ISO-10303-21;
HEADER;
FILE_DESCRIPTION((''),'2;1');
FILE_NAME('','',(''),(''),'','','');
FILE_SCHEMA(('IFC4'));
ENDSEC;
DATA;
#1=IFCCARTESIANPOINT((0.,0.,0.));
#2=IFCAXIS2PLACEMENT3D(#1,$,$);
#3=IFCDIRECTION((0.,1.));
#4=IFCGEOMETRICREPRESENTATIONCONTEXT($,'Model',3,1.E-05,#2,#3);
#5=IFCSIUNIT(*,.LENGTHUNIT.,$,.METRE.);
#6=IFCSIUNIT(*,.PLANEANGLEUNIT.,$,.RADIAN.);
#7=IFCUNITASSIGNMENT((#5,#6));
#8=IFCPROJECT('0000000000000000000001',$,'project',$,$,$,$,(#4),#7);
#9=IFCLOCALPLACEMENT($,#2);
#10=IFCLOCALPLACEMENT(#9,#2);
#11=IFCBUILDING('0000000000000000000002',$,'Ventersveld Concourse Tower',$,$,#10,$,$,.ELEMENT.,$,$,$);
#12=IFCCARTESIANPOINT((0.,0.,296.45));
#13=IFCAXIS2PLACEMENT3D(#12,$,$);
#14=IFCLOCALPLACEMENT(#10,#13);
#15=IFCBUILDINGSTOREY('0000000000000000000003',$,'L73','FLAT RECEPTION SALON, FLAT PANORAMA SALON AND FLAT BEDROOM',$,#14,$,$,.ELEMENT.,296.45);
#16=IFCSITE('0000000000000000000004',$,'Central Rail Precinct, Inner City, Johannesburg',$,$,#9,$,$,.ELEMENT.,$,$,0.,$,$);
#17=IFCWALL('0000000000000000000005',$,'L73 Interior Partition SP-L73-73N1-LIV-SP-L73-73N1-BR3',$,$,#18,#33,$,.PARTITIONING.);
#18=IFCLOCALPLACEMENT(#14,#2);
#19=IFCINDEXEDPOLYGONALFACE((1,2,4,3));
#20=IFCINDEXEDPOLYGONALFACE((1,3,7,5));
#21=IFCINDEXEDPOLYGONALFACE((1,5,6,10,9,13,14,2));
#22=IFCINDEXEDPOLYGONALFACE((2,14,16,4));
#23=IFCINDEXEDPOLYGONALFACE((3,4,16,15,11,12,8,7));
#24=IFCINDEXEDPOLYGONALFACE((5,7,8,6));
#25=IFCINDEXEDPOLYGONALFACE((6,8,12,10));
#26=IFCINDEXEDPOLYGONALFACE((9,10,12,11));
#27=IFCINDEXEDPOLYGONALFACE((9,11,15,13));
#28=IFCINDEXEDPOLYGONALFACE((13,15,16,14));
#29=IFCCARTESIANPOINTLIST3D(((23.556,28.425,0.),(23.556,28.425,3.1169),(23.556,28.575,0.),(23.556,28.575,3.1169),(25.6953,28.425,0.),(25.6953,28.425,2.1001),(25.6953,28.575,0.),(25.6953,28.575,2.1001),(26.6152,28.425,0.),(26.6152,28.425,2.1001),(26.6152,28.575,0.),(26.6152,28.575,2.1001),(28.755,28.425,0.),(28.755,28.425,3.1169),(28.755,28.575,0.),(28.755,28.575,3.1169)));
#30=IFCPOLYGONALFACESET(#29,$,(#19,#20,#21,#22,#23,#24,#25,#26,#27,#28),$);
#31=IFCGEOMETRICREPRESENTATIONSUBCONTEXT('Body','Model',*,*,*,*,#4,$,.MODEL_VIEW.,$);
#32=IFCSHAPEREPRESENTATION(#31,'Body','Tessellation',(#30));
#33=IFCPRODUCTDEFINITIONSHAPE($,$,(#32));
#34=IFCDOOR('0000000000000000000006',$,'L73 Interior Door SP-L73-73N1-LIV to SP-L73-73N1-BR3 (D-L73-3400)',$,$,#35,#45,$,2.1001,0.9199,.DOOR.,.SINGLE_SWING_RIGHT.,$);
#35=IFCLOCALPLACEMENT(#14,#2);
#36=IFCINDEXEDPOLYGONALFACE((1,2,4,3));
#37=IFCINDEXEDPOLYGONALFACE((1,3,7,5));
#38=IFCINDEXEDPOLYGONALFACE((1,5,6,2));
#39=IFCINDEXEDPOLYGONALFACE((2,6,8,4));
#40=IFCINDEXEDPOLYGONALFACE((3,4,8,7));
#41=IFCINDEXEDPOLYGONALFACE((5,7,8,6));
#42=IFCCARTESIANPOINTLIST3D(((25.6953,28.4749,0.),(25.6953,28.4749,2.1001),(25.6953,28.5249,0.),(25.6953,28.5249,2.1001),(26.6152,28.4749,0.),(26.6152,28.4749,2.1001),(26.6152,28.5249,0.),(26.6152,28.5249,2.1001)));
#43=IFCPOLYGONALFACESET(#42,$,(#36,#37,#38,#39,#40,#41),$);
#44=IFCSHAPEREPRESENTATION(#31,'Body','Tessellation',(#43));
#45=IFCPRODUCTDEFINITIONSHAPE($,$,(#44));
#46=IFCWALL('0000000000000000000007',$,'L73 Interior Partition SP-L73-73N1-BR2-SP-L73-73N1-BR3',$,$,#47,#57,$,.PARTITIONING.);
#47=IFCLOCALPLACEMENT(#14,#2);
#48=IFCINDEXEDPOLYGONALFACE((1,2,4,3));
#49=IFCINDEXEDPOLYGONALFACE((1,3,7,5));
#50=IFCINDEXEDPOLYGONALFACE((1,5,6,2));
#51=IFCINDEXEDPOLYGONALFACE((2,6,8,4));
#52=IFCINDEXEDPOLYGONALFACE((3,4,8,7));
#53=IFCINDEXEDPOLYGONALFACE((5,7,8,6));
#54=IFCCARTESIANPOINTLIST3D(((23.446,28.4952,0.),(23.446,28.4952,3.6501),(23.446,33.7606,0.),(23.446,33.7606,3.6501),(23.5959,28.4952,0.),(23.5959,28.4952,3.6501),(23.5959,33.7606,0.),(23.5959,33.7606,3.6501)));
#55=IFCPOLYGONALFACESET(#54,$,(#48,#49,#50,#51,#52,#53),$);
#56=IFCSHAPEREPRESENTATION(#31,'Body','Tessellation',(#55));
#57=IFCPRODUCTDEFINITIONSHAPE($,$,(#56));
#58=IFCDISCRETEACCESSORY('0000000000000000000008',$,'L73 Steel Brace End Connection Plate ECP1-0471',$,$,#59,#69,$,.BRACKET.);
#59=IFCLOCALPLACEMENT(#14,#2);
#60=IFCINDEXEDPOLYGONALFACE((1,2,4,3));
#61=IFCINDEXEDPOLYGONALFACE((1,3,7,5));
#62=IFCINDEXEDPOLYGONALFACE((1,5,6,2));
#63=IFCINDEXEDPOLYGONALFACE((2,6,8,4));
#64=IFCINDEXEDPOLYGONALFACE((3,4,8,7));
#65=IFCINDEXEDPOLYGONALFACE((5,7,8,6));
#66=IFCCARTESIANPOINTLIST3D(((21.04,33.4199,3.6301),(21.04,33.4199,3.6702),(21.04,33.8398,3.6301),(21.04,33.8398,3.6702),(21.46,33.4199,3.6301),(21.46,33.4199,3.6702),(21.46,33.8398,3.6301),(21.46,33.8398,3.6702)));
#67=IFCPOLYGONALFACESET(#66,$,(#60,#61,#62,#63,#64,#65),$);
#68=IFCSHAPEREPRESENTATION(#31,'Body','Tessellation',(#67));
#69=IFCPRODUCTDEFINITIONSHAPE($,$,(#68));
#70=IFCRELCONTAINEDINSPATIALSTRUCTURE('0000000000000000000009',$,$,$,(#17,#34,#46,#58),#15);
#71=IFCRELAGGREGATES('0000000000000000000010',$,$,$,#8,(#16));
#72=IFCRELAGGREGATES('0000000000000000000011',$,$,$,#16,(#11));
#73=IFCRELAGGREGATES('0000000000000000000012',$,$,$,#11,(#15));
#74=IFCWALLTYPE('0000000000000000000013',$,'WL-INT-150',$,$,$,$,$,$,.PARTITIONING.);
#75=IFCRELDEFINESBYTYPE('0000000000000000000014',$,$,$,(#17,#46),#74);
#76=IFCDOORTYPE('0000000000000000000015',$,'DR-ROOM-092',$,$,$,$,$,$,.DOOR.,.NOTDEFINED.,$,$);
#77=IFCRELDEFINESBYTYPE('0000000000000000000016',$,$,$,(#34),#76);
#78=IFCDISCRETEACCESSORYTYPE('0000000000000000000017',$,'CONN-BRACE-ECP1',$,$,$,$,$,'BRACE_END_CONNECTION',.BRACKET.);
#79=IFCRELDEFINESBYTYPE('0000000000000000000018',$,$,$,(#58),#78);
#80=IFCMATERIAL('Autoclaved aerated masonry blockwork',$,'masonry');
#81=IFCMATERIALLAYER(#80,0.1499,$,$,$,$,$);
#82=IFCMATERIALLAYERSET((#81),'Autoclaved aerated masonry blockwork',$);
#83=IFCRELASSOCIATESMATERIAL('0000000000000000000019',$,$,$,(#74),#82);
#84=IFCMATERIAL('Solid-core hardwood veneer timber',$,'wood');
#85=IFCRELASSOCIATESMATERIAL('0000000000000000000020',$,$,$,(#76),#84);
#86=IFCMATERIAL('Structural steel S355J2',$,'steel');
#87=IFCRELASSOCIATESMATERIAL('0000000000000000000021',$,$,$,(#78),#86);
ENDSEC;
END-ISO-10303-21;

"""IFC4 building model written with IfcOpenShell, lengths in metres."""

from ifc_helpers import new_model, si_unit, direction, frame, frame_2d, origin, origin_2d, place, context, subcontext, project, spatial, rectangle, extrude, material, layer, layer_set, type_object, element, fill, save


model = new_model("IFC4")

# Units and contexts
model_context = context("Model", 3, precision=1e-05, world=origin(), true_north=direction((0.0, 1.0)))
body_context = subcontext(model_context, "Body", "Model", "MODEL_VIEW")
ifc_project = project(units=[si_unit("LENGTHUNIT", "METRE"), si_unit("PLANEANGLEUNIT", "RADIAN")], contexts=[model_context])

# Site, building, storey
site_placement = place(None, origin())
site = spatial("IfcSite", under=ifc_project, at=site_placement, Name="Central Rail Precinct, Inner City, Johannesburg", CompositionType="ELEMENT", RefElevation=0.0)
building_placement = place(site_placement, origin())
building = spatial("IfcBuilding", under=site, at=building_placement, Name="Ventersveld Concourse Tower", CompositionType="ELEMENT")
storey_placement = place(building_placement, frame((0.0, 0.0, 296.45)))
storey = spatial("IfcBuildingStorey", under=building, at=storey_placement, Name="L73", Description="FLAT RECEPTION SALON, FLAT PANORAMA SALON AND FLAT BEDROOM", CompositionType="ELEMENT", Elevation=296.45)

# Shared definitions
ifc_material_1 = material(Name="Structural steel S355J2", Category="steel")

# Wall, opening, door
ifc_material_2 = material(Name="Autoclaved aerated masonry blockwork", Category="masonry")
ifc_layer = layer(ifc_material_2, 0.1499)
ifc_layer_set = layer_set([ifc_layer], Name="Autoclaved aerated masonry blockwork")
wall_type = type_object("IfcWallType", Name="WL-INT-150", PredefinedType="PARTITIONING", material=ifc_layer_set)
ifc_material_3 = material(Name="Solid-core hardwood veneer timber", Category="wood")
door_type = type_object("IfcDoorType", Name="DR-ROOM-092", OperationType="NOTDEFINED", PredefinedType="DOOR", material=ifc_material_3)
wall_1_placement = place(storey_placement, frame((23.5559, 28.5, 0.0), z_axis=(0.0, 0.0, 1.0), x_axis=(1.0, 0.0, 0.0)))
wall_1 = element("IfcWall", 1, at=wall_1_placement, inside=storey, type_object=wall_type, Name="L73 Interior Partition SP-L73-73N1-LIV-SP-L73-73N1-BR3", PredefinedType="PARTITIONING", context=body_context, shape_type="SweptSolid", body=[
    extrude(rectangle(XDim=5.199, YDim=0.1499, at=frame_2d((2.5996, 0.0))), origin(), (0.0, 0.0, 1.0), 3.1169),
])
opening_1_placement = place(wall_1_placement, frame((2.1394, 0.0, 0.0)))
opening_1 = element("IfcOpeningElement", 2, at=opening_1_placement, cuts=wall_1, PredefinedType="OPENING", context=body_context, shape_type="SweptSolid", body=[
    extrude(rectangle(XDim=0.9199, YDim=2.1001, at=frame_2d((0.46, 1.05))), frame((0.0, 0.085, 0.0), z_axis=(0.0, -1.0, 0.0), x_axis=(1.0, 0.0, 0.0)), (0.0, 0.0, 1.0), 0.1699),
])
door_1_placement = place(opening_1_placement, origin())
door_1 = element("IfcDoor", 3, at=door_1_placement, inside=storey, type_object=door_type, Name="L73 Interior Door SP-L73-73N1-LIV to SP-L73-73N1-BR3 (D-L73-3400)", OperationType="SINGLE_SWING_RIGHT", OverallHeight=2.1001, OverallWidth=0.9199, PredefinedType="DOOR", context=body_context, shape_type="SweptSolid", body=[
    extrude(rectangle(XDim=0.9199, YDim=2.1001, at=frame_2d((0.46, 1.05))), frame((0.0, 0.0249, 0.0), z_axis=(0.0, -1.0, 0.0), x_axis=(1.0, 0.0, 0.0)), (0.0, 0.0, 1.0), 0.05),
])
fill(opening_1, door_1)

# Wall
wall_2_placement = place(storey_placement, frame((23.521, 28.4951, 0.0), z_axis=(0.0, 0.0, 1.0), x_axis=(0.0, 1.0, 0.0)))
element("IfcWall", 4, at=wall_2_placement, inside=storey, type_object=wall_type, Name="L73 Interior Partition SP-L73-73N1-BR2-SP-L73-73N1-BR3", PredefinedType="PARTITIONING", context=body_context, shape_type="SweptSolid", body=[
    extrude(rectangle(XDim=5.2654, YDim=0.1499, at=frame_2d((2.6328, 0.0))), origin(), (0.0, 0.0, 1.0), 3.6501),
])

# Discrete accessory
discrete_accessory_type = type_object("IfcDiscreteAccessoryType", Name="CONN-BRACE-ECP1", ElementType="BRACE_END_CONNECTION", PredefinedType="BRACKET", material=ifc_material_1)
discrete_accessory_placement = place(storey_placement, frame((21.25, 33.6299, 3.6301), z_axis=(0.0, 0.0, 1.0), x_axis=(1.0, 0.0, 0.0)))
element("IfcDiscreteAccessory", 5, at=discrete_accessory_placement, inside=storey, type_object=discrete_accessory_type, Name="L73 Steel Brace End Connection Plate ECP1-0471", PredefinedType="BRACKET", context=body_context, shape_type="SweptSolid", body=[
    extrude(rectangle(XDim=0.4199, YDim=0.4199, at=origin_2d()), origin(), (0.0, 0.0, 1.0), 0.04),
])

save(model, "model.ifc")
